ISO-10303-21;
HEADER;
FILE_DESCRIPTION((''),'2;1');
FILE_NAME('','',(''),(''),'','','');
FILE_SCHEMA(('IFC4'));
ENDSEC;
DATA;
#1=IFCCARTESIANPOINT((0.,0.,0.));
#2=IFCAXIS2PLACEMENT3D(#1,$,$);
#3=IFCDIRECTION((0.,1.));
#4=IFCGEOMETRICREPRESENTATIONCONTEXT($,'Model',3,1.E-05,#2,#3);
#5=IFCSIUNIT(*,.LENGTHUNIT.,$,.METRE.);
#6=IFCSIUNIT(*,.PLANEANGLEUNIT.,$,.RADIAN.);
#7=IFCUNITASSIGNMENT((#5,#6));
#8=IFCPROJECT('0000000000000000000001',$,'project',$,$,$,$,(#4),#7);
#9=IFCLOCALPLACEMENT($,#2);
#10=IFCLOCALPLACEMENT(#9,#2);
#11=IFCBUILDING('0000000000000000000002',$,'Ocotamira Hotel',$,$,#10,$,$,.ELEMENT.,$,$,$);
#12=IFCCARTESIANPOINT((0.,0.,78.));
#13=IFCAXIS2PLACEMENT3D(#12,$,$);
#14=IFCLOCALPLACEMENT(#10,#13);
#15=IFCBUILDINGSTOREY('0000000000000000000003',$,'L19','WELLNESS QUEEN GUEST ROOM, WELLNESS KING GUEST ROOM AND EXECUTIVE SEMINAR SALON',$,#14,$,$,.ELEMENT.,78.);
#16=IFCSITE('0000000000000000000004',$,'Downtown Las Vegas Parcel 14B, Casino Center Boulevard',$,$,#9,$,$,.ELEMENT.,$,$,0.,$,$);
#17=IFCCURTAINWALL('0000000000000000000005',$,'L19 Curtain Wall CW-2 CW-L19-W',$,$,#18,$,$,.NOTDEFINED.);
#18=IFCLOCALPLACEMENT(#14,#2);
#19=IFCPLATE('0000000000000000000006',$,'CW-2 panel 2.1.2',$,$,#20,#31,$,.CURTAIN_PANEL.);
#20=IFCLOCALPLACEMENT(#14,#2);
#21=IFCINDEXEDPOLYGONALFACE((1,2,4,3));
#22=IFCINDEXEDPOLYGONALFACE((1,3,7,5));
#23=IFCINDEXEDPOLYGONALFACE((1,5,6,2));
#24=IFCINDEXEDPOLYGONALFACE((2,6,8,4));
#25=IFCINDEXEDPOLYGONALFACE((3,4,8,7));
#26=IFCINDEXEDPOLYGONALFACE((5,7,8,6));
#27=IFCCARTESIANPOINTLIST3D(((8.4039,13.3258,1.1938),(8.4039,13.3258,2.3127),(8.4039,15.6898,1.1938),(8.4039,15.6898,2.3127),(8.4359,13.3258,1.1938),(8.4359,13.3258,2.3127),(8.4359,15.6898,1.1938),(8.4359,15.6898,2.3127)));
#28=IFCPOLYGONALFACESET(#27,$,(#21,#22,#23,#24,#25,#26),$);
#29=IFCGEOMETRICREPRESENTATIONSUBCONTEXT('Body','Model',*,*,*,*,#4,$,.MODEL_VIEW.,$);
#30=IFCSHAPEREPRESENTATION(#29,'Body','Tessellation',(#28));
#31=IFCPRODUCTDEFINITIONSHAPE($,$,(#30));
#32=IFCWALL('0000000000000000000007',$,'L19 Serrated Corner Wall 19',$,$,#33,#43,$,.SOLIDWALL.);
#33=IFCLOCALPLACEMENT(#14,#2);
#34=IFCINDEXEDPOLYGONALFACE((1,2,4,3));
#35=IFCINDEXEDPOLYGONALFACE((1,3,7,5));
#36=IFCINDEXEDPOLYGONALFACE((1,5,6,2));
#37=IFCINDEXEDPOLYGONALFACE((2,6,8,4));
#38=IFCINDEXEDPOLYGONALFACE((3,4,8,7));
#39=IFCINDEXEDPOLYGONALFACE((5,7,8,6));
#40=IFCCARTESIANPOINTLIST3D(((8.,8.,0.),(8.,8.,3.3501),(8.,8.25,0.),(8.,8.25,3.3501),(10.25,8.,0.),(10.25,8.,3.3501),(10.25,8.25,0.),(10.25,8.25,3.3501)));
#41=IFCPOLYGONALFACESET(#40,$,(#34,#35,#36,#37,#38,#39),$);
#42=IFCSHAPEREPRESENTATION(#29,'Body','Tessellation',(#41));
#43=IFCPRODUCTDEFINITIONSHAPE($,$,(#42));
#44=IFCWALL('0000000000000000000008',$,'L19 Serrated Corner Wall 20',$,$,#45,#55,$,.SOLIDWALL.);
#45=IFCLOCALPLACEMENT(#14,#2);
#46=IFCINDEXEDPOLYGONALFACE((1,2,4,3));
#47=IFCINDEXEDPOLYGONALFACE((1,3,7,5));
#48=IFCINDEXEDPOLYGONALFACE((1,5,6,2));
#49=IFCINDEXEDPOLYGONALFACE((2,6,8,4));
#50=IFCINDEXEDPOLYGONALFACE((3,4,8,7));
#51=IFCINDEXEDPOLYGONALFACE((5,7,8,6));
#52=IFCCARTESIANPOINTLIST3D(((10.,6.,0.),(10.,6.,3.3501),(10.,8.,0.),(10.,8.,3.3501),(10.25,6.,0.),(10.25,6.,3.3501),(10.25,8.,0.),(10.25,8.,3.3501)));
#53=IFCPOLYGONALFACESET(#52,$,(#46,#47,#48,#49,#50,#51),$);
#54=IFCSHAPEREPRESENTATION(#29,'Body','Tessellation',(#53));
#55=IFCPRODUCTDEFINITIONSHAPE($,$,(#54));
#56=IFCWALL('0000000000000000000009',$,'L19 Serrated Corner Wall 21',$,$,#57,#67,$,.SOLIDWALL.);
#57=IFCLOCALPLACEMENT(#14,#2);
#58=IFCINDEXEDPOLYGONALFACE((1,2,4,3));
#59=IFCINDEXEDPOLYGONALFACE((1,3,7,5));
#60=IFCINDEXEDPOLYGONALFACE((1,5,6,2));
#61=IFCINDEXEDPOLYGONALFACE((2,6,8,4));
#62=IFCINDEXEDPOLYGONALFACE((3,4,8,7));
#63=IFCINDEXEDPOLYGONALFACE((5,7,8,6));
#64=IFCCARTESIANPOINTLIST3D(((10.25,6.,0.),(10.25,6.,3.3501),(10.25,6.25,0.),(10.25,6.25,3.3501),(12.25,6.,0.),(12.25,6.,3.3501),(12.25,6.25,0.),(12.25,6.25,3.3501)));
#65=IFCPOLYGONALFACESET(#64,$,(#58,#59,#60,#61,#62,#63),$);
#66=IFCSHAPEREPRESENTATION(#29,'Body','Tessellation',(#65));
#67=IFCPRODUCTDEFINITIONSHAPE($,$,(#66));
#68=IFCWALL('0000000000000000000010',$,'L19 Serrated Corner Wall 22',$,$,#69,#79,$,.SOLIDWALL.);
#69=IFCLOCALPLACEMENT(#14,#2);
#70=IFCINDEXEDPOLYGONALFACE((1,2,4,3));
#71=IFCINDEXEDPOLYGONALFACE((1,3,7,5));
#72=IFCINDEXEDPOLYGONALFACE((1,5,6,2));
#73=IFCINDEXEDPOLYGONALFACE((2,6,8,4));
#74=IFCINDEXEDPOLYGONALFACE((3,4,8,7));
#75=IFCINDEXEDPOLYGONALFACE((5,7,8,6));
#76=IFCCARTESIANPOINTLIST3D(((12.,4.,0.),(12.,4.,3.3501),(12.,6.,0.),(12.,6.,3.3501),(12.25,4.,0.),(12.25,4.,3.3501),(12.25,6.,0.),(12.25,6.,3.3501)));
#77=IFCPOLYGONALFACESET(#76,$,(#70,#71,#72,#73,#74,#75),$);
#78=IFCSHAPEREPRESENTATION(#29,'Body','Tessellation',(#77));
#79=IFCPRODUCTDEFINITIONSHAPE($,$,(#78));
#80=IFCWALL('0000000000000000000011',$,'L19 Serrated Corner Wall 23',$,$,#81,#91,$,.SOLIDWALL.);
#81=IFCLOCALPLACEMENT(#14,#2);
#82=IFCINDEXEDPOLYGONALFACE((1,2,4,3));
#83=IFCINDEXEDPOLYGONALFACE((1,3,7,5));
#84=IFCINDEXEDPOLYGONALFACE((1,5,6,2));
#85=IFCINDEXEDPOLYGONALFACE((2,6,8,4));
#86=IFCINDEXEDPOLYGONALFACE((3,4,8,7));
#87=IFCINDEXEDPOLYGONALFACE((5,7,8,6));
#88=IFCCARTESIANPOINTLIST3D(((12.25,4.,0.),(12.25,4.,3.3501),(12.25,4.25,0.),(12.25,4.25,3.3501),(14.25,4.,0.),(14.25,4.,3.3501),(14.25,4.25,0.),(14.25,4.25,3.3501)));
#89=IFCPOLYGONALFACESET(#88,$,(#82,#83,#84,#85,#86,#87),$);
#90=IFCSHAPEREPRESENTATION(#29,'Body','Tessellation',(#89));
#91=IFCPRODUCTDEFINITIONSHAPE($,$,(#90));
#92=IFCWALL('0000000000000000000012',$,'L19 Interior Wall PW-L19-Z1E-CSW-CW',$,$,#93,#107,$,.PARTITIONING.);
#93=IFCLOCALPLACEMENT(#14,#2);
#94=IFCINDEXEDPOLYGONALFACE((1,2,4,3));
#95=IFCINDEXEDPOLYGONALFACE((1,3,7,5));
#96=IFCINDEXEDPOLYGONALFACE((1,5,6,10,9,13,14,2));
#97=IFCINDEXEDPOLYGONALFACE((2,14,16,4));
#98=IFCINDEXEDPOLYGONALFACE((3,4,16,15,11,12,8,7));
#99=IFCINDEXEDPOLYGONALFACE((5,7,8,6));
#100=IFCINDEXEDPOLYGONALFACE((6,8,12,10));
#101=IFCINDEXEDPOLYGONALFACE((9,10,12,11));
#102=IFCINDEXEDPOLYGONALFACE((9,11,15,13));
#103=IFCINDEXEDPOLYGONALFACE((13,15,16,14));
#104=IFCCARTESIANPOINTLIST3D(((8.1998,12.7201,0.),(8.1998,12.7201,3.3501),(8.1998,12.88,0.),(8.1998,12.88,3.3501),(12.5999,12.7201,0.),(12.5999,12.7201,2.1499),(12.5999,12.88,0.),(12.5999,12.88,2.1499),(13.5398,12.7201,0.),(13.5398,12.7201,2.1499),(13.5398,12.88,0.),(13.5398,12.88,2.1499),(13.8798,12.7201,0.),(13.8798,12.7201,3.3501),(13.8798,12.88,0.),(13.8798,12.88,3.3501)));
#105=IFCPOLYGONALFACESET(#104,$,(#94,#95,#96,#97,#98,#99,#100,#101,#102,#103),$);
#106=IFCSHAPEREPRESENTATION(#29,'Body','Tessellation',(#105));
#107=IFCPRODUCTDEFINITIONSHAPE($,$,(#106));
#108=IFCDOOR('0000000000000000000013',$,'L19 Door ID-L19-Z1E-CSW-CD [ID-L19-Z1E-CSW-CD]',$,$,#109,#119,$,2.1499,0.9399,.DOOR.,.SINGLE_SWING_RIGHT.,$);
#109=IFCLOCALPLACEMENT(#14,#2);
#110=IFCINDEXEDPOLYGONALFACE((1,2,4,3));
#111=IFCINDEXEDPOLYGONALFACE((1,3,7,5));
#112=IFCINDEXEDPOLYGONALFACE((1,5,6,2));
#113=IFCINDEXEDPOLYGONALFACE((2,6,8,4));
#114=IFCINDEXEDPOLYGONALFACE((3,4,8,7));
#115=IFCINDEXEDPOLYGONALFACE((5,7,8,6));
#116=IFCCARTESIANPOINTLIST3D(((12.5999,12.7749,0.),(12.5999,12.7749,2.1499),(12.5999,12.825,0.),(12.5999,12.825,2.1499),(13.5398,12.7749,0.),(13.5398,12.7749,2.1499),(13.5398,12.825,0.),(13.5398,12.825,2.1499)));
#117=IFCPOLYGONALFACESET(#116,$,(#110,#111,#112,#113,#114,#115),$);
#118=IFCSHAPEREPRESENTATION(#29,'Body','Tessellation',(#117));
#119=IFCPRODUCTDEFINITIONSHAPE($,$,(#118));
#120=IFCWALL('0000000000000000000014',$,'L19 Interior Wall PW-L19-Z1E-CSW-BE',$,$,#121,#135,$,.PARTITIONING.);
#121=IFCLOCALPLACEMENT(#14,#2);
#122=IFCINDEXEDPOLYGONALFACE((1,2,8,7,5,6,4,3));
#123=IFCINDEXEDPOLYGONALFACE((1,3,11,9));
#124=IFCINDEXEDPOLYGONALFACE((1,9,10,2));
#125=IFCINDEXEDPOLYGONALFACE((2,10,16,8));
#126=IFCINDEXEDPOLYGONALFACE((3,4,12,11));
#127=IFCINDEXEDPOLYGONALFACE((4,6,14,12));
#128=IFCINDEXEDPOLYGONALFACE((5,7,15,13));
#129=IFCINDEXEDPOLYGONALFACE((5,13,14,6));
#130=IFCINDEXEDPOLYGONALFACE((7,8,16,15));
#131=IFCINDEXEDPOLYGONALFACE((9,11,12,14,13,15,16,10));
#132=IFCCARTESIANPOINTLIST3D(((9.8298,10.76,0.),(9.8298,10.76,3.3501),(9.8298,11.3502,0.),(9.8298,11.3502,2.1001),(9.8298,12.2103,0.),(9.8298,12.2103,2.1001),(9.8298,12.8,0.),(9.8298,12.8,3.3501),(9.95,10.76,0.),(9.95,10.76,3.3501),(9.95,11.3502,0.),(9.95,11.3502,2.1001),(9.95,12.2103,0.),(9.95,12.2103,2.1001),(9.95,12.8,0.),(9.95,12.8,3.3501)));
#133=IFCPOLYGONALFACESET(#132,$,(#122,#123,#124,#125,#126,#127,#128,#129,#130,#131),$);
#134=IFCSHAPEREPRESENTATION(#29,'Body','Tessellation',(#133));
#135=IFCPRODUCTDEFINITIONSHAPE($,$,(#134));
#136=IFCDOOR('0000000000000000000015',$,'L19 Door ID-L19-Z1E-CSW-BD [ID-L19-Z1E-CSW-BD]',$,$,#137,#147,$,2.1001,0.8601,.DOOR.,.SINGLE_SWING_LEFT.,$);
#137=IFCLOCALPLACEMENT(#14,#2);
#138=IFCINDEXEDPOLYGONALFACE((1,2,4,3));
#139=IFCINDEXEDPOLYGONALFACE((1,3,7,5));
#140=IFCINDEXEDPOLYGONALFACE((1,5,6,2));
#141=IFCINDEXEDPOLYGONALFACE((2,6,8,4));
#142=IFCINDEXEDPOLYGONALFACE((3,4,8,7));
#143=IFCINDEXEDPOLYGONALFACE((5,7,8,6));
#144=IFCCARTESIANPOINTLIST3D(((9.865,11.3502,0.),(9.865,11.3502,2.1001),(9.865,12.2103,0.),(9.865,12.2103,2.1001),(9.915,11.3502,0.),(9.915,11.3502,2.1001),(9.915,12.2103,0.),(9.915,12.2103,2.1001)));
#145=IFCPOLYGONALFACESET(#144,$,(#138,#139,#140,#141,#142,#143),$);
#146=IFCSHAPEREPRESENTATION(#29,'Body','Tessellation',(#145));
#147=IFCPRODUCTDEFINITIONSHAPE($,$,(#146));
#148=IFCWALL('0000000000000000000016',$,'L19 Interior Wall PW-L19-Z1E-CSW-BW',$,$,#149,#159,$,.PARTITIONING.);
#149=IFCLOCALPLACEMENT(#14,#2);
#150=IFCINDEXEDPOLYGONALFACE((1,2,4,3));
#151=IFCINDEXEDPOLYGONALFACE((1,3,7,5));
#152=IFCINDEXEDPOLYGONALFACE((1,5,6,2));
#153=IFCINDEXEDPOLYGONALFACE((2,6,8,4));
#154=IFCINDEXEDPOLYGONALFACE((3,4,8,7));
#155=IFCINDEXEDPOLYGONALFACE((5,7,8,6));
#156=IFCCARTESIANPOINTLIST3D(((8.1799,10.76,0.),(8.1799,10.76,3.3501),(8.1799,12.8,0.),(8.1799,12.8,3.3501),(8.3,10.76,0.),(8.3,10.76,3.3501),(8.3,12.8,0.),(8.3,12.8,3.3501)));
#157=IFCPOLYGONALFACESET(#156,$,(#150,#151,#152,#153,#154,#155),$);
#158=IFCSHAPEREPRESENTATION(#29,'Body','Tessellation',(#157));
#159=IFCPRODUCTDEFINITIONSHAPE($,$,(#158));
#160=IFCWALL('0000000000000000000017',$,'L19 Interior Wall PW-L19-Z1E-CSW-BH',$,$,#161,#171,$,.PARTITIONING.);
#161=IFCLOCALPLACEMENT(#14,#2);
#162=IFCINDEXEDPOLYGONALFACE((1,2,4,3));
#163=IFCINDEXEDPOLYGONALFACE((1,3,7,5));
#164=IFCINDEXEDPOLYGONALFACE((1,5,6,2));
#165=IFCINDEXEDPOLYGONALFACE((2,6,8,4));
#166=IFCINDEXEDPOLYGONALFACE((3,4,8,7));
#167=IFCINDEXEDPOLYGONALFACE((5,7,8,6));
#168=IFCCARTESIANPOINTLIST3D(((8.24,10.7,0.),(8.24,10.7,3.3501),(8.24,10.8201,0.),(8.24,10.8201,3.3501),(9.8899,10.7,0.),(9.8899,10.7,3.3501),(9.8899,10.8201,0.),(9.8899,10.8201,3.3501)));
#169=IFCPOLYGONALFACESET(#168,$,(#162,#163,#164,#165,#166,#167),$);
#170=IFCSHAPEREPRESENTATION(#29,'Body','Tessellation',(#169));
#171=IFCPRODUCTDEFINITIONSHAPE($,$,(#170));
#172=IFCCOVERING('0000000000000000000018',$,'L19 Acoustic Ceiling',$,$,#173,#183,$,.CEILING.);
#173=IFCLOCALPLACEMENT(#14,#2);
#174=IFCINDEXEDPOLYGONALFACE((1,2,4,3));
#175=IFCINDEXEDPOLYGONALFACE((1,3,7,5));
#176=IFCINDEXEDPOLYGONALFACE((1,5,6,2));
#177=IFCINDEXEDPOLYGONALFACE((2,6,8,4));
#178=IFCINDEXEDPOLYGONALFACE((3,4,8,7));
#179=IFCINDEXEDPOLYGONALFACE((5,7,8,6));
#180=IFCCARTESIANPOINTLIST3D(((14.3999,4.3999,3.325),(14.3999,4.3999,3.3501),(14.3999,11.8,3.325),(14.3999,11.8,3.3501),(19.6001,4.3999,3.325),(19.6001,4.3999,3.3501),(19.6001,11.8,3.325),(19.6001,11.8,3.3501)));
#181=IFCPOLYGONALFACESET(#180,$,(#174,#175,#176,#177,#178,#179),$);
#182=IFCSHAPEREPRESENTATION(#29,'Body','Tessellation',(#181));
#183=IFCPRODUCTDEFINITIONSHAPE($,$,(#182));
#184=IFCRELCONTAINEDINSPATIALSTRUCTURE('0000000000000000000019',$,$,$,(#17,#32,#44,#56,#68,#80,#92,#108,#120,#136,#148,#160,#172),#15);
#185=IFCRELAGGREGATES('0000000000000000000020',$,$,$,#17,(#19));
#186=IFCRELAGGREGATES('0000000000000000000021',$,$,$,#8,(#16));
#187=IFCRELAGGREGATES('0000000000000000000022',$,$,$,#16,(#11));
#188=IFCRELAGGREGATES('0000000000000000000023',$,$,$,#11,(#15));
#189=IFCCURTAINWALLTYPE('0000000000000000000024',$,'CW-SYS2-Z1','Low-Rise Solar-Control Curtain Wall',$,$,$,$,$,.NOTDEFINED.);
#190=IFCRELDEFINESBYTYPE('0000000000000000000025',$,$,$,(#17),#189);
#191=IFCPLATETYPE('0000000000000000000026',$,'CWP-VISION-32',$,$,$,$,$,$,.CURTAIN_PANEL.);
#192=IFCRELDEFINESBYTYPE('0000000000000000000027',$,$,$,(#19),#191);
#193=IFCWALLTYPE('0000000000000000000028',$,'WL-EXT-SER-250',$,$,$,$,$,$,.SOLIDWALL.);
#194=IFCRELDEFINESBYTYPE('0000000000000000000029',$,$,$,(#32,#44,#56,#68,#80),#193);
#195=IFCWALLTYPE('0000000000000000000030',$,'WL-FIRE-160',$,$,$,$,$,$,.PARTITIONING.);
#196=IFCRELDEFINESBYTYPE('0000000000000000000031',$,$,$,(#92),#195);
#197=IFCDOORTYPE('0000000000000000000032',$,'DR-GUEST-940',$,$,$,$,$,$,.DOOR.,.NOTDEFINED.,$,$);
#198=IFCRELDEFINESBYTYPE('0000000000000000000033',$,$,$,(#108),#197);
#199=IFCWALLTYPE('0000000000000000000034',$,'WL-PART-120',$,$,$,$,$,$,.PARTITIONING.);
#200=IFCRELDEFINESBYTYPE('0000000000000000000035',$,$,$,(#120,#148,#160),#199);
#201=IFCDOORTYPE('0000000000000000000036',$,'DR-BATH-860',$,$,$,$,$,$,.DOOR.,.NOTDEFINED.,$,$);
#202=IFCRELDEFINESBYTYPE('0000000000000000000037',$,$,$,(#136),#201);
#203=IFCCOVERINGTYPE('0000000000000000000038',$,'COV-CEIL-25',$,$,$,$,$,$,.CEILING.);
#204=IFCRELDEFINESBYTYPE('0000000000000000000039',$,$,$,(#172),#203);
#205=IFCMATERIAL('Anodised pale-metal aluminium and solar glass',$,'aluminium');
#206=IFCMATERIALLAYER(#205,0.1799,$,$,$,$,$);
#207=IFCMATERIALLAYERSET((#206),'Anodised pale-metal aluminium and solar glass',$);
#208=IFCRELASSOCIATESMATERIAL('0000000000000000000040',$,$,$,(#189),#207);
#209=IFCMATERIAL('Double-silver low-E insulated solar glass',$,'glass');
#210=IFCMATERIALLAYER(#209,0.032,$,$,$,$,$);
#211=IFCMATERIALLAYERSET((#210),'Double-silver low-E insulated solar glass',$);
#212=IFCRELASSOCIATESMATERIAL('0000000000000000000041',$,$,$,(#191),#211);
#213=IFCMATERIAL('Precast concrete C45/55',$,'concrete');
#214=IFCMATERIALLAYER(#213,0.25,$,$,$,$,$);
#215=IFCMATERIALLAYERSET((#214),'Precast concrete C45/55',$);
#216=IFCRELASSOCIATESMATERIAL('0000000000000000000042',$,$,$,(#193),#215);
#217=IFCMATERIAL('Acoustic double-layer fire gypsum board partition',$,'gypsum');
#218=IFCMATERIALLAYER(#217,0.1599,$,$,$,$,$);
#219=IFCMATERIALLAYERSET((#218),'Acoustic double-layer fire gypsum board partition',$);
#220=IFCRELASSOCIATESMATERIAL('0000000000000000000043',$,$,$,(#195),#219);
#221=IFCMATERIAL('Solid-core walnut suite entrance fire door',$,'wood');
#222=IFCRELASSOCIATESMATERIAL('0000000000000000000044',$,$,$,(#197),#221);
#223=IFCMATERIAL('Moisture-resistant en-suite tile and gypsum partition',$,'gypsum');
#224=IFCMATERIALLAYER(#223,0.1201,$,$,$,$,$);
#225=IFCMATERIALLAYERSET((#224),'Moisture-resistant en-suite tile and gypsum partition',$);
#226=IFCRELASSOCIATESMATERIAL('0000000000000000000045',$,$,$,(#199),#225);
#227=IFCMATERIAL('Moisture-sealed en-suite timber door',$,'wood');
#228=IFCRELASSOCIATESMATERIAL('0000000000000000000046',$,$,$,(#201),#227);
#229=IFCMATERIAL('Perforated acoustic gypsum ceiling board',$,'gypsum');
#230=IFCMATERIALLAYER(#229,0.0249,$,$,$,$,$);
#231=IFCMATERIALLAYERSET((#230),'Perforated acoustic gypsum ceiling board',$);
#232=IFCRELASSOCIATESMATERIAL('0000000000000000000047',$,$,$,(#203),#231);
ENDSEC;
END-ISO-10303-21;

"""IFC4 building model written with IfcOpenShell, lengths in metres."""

from ifc_helpers import new_model, si_unit, direction, frame, frame_2d, origin, origin_2d, place, context, subcontext, project, spatial, polyline, rectangle, outline, extrude, source, transform, mapped, material, layer, layer_set, type_object, element, fill, aggregate, save


model = new_model("IFC4")

# Units and contexts
model_context = context("Model", 3, precision=1e-05, world=origin(), true_north=direction((0.0, 1.0)))
body_context = subcontext(model_context, "Body", "Model", "MODEL_VIEW")
ifc_project = project(units=[si_unit("LENGTHUNIT", "METRE"), si_unit("PLANEANGLEUNIT", "RADIAN")], contexts=[model_context])

# Site, building, storey
site_placement = place(None, origin())
site = spatial("IfcSite", under=ifc_project, at=site_placement, Name="Downtown Las Vegas Parcel 14B, Casino Center Boulevard", CompositionType="ELEMENT", RefElevation=0.0)
building_placement = place(site_placement, origin())
building = spatial("IfcBuilding", under=site, at=building_placement, Name="Ocotamira Hotel", CompositionType="ELEMENT")
storey_placement = place(building_placement, frame((0.0, 0.0, 78.0)))
storey = spatial("IfcBuildingStorey", under=building, at=storey_placement, Name="L19", Description="WELLNESS QUEEN GUEST ROOM, WELLNESS KING GUEST ROOM AND EXECUTIVE SEMINAR SALON", CompositionType="ELEMENT", Elevation=78.0)

# Curtain wall
ifc_material_1 = material(Name="Anodised pale-metal aluminium and solar glass", Category="aluminium")
ifc_layer_1 = layer(ifc_material_1, 0.1799)
ifc_layer_set_1 = layer_set([ifc_layer_1], Name="Anodised pale-metal aluminium and solar glass")
curtain_wall_type = type_object("IfcCurtainWallType", Name="CW-SYS2-Z1", Description="Low-Rise Solar-Control Curtain Wall", PredefinedType="NOTDEFINED", material=ifc_layer_set_1)
curtain_wall_placement = place(storey_placement, origin())
curtain_wall = element("IfcCurtainWall", 1, at=curtain_wall_placement, inside=storey, type_object=curtain_wall_type, Name="L19 Curtain Wall CW-2 CW-L19-W", PredefinedType="NOTDEFINED")

# Plate
ifc_material_2 = material(Name="Double-silver low-E insulated solar glass", Category="glass")
ifc_layer_2 = layer(ifc_material_2, 0.032)
ifc_layer_set_2 = layer_set([ifc_layer_2], Name="Double-silver low-E insulated solar glass")
plate_type = type_object("IfcPlateType", Name="CWP-VISION-32", PredefinedType="CURTAIN_PANEL", material=ifc_layer_set_2)
shared_shape_1 = source(origin(), body_context, "Body", "SweptSolid", [
    extrude(rectangle(XDim=2.364, YDim=0.032, at=origin_2d()), origin(), (0.0, 0.0, 1.0), 1.1189),
])
plate_1_placement = place(storey_placement, frame((8.4199, 14.5078, 1.1938), z_axis=(0.0, 0.0, 1.0), x_axis=(0.0, 1.0, 0.0)))
plate_1 = element("IfcPlate", 2, at=plate_1_placement, type_object=plate_type, Name="CW-2 panel 2.1.2", PredefinedType="CURTAIN_PANEL", context=body_context, shape_type="MappedRepresentation", body=[
    mapped(shared_shape_1, transform((0.0, 0.0, 0.0), scale=1.0)),
])
aggregate(curtain_wall, [plate_1])

# Walls
ifc_material_3 = material(Name="Precast concrete C45/55", Category="concrete")
ifc_layer_3 = layer(ifc_material_3, 0.25)
ifc_layer_set_3 = layer_set([ifc_layer_3], Name="Precast concrete C45/55")
wall_type_1 = type_object("IfcWallType", Name="WL-EXT-SER-250", PredefinedType="SOLIDWALL", material=ifc_layer_set_3)
wall_1_placement = place(storey_placement, frame((8.0, 8.125, 0.0), z_axis=(0.0, 0.0, 1.0), x_axis=(1.0, 0.0, 0.0)))
element("IfcWall", 3, at=wall_1_placement, inside=storey, type_object=wall_type_1, Name="L19 Serrated Corner Wall 19", PredefinedType="SOLIDWALL", context=body_context, shape_type="SweptSolid", body=[
    extrude(rectangle(XDim=2.25, YDim=0.25, at=frame_2d((1.125, 0.0))), origin(), (0.0, 0.0, 1.0), 3.3501),
])
for number, where, z_axis, x_axis, name in (
    (4, (10.125, 8.0, 0.0), (0.0, 0.0, 1.0), (0.0, -1.0, 0.0), "L19 Serrated Corner Wall 20"),
    (5, (10.25, 6.125, 0.0), (0.0, 0.0, 1.0), (1.0, 0.0, 0.0), "L19 Serrated Corner Wall 21"),
    (6, (12.125, 6.0, 0.0), (0.0, 0.0, 1.0), (0.0, -1.0, 0.0), "L19 Serrated Corner Wall 22"),
    (7, (12.25, 4.125, 0.0), (0.0, 0.0, 1.0), (1.0, 0.0, 0.0), "L19 Serrated Corner Wall 23"),
):
    element("IfcWall", number, at=place(storey_placement, frame(where, z_axis=z_axis, x_axis=x_axis)), inside=storey, type_object=wall_type_1, Name=name, PredefinedType="SOLIDWALL", context=body_context, shape_type="SweptSolid", body=[
        extrude(rectangle(XDim=2.0, YDim=0.25, at=frame_2d((1.0, 0.0))), origin(), (0.0, 0.0, 1.0), 3.3501),
    ])

# Walls, openings, doors
ifc_material_4 = material(Name="Acoustic double-layer fire gypsum board partition", Category="gypsum")
ifc_layer_4 = layer(ifc_material_4, 0.1599)
ifc_layer_set_4 = layer_set([ifc_layer_4], Name="Acoustic double-layer fire gypsum board partition")
wall_type_2 = type_object("IfcWallType", Name="WL-FIRE-160", PredefinedType="PARTITIONING", material=ifc_layer_set_4)
wall_2_placement = place(storey_placement, frame((8.2, 12.8, 0.0), z_axis=(0.0, 0.0, 1.0), x_axis=(1.0, 0.0, 0.0)))
wall_2 = element("IfcWall", 8, at=wall_2_placement, inside=storey, type_object=wall_type_2, Name="L19 Interior Wall PW-L19-Z1E-CSW-CW", PredefinedType="PARTITIONING", context=body_context, shape_type="SweptSolid", body=[
    extrude(rectangle(XDim=5.6799, YDim=0.1599, at=frame_2d((2.8398, 0.0))), origin(), (0.0, 0.0, 1.0), 3.3501),
])
opening_1_placement = place(wall_2_placement, frame((4.3999, 0.0, 0.0)))
opening_1 = element("IfcOpeningElement", 9, at=opening_1_placement, cuts=wall_2, PredefinedType="OPENING", context=body_context, shape_type="SweptSolid", body=[
    extrude(rectangle(XDim=0.9399, YDim=2.1499, at=frame_2d((0.47, 1.075))), frame((0.0, 0.0898, 0.0), z_axis=(0.0, -1.0, 0.0), x_axis=(1.0, 0.0, 0.0)), (0.0, 0.0, 1.0), 0.1799),
])
ifc_material_5 = material(Name="Solid-core walnut suite entrance fire door", Category="wood")
door_type_1 = type_object("IfcDoorType", Name="DR-GUEST-940", OperationType="NOTDEFINED", PredefinedType="DOOR", material=ifc_material_5)
shared_shape_2 = source(origin(), body_context, "Body", "SweptSolid", [
    extrude(rectangle(XDim=0.9399, YDim=2.1499, at=frame_2d((0.47, 1.075))), frame((0.0, 0.0249, 0.0), z_axis=(0.0, -1.0, 0.0), x_axis=(1.0, 0.0, 0.0)), (0.0, 0.0, 1.0), 0.05),
])
door_1_placement = place(opening_1_placement, origin())
door_1 = element("IfcDoor", 10, at=door_1_placement, inside=storey, type_object=door_type_1, Name="L19 Door ID-L19-Z1E-CSW-CD [ID-L19-Z1E-CSW-CD]", OperationType="SINGLE_SWING_RIGHT", OverallHeight=2.1499, OverallWidth=0.9399, PredefinedType="DOOR", context=body_context, shape_type="MappedRepresentation", body=[
    mapped(shared_shape_2, transform((0.0, 0.0, 0.0), scale=1.0)),
])
fill(opening_1, door_1)
ifc_material_6 = material(Name="Moisture-resistant en-suite tile and gypsum partition", Category="gypsum")
ifc_layer_5 = layer(ifc_material_6, 0.1201)
ifc_layer_set_5 = layer_set([ifc_layer_5], Name="Moisture-resistant en-suite tile and gypsum partition")
wall_type_3 = type_object("IfcWallType", Name="WL-PART-120", PredefinedType="PARTITIONING", material=ifc_layer_set_5)
wall_3_placement = place(storey_placement, frame((9.8899, 10.76, 0.0), z_axis=(0.0, 0.0, 1.0), x_axis=(0.0, 1.0, 0.0)))
wall_3 = element("IfcWall", 11, at=wall_3_placement, inside=storey, type_object=wall_type_3, Name="L19 Interior Wall PW-L19-Z1E-CSW-BE", PredefinedType="PARTITIONING", context=body_context, shape_type="SweptSolid", body=[
    extrude(rectangle(XDim=2.04, YDim=0.1201, at=frame_2d((1.02, 0.0))), origin(), (0.0, 0.0, 1.0), 3.3501),
])
opening_2_placement = place(wall_3_placement, frame((0.5901, 0.0, 0.0)))
opening_2 = element("IfcOpeningElement", 12, at=opening_2_placement, cuts=wall_3, PredefinedType="OPENING", context=body_context, shape_type="SweptSolid", body=[
    extrude(rectangle(XDim=0.8601, YDim=2.1001, at=frame_2d((0.4302, 1.05))), frame((0.0, 0.0701, 0.0), z_axis=(0.0, -1.0, 0.0), x_axis=(1.0, 0.0, 0.0)), (0.0, 0.0, 1.0), 0.1401),
])
ifc_material_7 = material(Name="Moisture-sealed en-suite timber door", Category="wood")
door_type_2 = type_object("IfcDoorType", Name="DR-BATH-860", OperationType="NOTDEFINED", PredefinedType="DOOR", material=ifc_material_7)
shared_shape_3 = source(origin(), body_context, "Body", "SweptSolid", [
    extrude(rectangle(XDim=0.8601, YDim=2.1001, at=frame_2d((0.4302, 1.05))), frame((0.0, 0.0249, 0.0), z_axis=(0.0, -1.0, 0.0), x_axis=(1.0, 0.0, 0.0)), (0.0, 0.0, 1.0), 0.05),
])
door_2_placement = place(opening_2_placement, origin())
door_2 = element("IfcDoor", 13, at=door_2_placement, inside=storey, type_object=door_type_2, Name="L19 Door ID-L19-Z1E-CSW-BD [ID-L19-Z1E-CSW-BD]", OperationType="SINGLE_SWING_LEFT", OverallHeight=2.1001, OverallWidth=0.8601, PredefinedType="DOOR", context=body_context, shape_type="MappedRepresentation", body=[
    mapped(shared_shape_3, transform((0.0, 0.0, 0.0), scale=1.0)),
])
fill(opening_2, door_2)

# Walls
wall_4_placement = place(storey_placement, frame((8.24, 10.76, 0.0), z_axis=(0.0, 0.0, 1.0), x_axis=(0.0, 1.0, 0.0)))
element("IfcWall", 14, at=wall_4_placement, inside=storey, type_object=wall_type_3, Name="L19 Interior Wall PW-L19-Z1E-CSW-BW", PredefinedType="PARTITIONING", context=body_context, shape_type="SweptSolid", body=[
    extrude(rectangle(XDim=2.04, YDim=0.1201, at=frame_2d((1.02, 0.0))), origin(), (0.0, 0.0, 1.0), 3.3501),
])
wall_5_placement = place(storey_placement, frame((8.24, 10.76, 0.0), z_axis=(0.0, 0.0, 1.0), x_axis=(1.0, 0.0, 0.0)))
element("IfcWall", 15, at=wall_5_placement, inside=storey, type_object=wall_type_3, Name="L19 Interior Wall PW-L19-Z1E-CSW-BH", PredefinedType="PARTITIONING", context=body_context, shape_type="SweptSolid", body=[
    extrude(rectangle(XDim=1.6499, YDim=0.1201, at=frame_2d((0.825, 0.0))), origin(), (0.0, 0.0, 1.0), 3.3501),
])

# Covering
ifc_material_8 = material(Name="Perforated acoustic gypsum ceiling board", Category="gypsum")
ifc_layer_6 = layer(ifc_material_8, 0.0249)
ifc_layer_set_6 = layer_set([ifc_layer_6], Name="Perforated acoustic gypsum ceiling board")
covering_type_1 = type_object("IfcCoveringType", Name="COV-CEIL-25", PredefinedType="CEILING", material=ifc_layer_set_6)
covering_1_placement = place(storey_placement, frame((0.0, 0.0, 3.325)))
element("IfcCovering", 16, at=covering_1_placement, inside=storey, type_object=covering_type_1, Name="L19 Acoustic Ceiling", PredefinedType="CEILING", context=body_context, shape_type="SweptSolid", body=[
    extrude(outline(polyline([(14.3999, 4.3999), (19.6001, 4.3999), (19.6001, 11.8), (14.3999, 11.8), (14.3999, 4.3999)])), origin(), (0.0, 0.0, 1.0), 0.0251),
])

save(model, "model.ifc")
